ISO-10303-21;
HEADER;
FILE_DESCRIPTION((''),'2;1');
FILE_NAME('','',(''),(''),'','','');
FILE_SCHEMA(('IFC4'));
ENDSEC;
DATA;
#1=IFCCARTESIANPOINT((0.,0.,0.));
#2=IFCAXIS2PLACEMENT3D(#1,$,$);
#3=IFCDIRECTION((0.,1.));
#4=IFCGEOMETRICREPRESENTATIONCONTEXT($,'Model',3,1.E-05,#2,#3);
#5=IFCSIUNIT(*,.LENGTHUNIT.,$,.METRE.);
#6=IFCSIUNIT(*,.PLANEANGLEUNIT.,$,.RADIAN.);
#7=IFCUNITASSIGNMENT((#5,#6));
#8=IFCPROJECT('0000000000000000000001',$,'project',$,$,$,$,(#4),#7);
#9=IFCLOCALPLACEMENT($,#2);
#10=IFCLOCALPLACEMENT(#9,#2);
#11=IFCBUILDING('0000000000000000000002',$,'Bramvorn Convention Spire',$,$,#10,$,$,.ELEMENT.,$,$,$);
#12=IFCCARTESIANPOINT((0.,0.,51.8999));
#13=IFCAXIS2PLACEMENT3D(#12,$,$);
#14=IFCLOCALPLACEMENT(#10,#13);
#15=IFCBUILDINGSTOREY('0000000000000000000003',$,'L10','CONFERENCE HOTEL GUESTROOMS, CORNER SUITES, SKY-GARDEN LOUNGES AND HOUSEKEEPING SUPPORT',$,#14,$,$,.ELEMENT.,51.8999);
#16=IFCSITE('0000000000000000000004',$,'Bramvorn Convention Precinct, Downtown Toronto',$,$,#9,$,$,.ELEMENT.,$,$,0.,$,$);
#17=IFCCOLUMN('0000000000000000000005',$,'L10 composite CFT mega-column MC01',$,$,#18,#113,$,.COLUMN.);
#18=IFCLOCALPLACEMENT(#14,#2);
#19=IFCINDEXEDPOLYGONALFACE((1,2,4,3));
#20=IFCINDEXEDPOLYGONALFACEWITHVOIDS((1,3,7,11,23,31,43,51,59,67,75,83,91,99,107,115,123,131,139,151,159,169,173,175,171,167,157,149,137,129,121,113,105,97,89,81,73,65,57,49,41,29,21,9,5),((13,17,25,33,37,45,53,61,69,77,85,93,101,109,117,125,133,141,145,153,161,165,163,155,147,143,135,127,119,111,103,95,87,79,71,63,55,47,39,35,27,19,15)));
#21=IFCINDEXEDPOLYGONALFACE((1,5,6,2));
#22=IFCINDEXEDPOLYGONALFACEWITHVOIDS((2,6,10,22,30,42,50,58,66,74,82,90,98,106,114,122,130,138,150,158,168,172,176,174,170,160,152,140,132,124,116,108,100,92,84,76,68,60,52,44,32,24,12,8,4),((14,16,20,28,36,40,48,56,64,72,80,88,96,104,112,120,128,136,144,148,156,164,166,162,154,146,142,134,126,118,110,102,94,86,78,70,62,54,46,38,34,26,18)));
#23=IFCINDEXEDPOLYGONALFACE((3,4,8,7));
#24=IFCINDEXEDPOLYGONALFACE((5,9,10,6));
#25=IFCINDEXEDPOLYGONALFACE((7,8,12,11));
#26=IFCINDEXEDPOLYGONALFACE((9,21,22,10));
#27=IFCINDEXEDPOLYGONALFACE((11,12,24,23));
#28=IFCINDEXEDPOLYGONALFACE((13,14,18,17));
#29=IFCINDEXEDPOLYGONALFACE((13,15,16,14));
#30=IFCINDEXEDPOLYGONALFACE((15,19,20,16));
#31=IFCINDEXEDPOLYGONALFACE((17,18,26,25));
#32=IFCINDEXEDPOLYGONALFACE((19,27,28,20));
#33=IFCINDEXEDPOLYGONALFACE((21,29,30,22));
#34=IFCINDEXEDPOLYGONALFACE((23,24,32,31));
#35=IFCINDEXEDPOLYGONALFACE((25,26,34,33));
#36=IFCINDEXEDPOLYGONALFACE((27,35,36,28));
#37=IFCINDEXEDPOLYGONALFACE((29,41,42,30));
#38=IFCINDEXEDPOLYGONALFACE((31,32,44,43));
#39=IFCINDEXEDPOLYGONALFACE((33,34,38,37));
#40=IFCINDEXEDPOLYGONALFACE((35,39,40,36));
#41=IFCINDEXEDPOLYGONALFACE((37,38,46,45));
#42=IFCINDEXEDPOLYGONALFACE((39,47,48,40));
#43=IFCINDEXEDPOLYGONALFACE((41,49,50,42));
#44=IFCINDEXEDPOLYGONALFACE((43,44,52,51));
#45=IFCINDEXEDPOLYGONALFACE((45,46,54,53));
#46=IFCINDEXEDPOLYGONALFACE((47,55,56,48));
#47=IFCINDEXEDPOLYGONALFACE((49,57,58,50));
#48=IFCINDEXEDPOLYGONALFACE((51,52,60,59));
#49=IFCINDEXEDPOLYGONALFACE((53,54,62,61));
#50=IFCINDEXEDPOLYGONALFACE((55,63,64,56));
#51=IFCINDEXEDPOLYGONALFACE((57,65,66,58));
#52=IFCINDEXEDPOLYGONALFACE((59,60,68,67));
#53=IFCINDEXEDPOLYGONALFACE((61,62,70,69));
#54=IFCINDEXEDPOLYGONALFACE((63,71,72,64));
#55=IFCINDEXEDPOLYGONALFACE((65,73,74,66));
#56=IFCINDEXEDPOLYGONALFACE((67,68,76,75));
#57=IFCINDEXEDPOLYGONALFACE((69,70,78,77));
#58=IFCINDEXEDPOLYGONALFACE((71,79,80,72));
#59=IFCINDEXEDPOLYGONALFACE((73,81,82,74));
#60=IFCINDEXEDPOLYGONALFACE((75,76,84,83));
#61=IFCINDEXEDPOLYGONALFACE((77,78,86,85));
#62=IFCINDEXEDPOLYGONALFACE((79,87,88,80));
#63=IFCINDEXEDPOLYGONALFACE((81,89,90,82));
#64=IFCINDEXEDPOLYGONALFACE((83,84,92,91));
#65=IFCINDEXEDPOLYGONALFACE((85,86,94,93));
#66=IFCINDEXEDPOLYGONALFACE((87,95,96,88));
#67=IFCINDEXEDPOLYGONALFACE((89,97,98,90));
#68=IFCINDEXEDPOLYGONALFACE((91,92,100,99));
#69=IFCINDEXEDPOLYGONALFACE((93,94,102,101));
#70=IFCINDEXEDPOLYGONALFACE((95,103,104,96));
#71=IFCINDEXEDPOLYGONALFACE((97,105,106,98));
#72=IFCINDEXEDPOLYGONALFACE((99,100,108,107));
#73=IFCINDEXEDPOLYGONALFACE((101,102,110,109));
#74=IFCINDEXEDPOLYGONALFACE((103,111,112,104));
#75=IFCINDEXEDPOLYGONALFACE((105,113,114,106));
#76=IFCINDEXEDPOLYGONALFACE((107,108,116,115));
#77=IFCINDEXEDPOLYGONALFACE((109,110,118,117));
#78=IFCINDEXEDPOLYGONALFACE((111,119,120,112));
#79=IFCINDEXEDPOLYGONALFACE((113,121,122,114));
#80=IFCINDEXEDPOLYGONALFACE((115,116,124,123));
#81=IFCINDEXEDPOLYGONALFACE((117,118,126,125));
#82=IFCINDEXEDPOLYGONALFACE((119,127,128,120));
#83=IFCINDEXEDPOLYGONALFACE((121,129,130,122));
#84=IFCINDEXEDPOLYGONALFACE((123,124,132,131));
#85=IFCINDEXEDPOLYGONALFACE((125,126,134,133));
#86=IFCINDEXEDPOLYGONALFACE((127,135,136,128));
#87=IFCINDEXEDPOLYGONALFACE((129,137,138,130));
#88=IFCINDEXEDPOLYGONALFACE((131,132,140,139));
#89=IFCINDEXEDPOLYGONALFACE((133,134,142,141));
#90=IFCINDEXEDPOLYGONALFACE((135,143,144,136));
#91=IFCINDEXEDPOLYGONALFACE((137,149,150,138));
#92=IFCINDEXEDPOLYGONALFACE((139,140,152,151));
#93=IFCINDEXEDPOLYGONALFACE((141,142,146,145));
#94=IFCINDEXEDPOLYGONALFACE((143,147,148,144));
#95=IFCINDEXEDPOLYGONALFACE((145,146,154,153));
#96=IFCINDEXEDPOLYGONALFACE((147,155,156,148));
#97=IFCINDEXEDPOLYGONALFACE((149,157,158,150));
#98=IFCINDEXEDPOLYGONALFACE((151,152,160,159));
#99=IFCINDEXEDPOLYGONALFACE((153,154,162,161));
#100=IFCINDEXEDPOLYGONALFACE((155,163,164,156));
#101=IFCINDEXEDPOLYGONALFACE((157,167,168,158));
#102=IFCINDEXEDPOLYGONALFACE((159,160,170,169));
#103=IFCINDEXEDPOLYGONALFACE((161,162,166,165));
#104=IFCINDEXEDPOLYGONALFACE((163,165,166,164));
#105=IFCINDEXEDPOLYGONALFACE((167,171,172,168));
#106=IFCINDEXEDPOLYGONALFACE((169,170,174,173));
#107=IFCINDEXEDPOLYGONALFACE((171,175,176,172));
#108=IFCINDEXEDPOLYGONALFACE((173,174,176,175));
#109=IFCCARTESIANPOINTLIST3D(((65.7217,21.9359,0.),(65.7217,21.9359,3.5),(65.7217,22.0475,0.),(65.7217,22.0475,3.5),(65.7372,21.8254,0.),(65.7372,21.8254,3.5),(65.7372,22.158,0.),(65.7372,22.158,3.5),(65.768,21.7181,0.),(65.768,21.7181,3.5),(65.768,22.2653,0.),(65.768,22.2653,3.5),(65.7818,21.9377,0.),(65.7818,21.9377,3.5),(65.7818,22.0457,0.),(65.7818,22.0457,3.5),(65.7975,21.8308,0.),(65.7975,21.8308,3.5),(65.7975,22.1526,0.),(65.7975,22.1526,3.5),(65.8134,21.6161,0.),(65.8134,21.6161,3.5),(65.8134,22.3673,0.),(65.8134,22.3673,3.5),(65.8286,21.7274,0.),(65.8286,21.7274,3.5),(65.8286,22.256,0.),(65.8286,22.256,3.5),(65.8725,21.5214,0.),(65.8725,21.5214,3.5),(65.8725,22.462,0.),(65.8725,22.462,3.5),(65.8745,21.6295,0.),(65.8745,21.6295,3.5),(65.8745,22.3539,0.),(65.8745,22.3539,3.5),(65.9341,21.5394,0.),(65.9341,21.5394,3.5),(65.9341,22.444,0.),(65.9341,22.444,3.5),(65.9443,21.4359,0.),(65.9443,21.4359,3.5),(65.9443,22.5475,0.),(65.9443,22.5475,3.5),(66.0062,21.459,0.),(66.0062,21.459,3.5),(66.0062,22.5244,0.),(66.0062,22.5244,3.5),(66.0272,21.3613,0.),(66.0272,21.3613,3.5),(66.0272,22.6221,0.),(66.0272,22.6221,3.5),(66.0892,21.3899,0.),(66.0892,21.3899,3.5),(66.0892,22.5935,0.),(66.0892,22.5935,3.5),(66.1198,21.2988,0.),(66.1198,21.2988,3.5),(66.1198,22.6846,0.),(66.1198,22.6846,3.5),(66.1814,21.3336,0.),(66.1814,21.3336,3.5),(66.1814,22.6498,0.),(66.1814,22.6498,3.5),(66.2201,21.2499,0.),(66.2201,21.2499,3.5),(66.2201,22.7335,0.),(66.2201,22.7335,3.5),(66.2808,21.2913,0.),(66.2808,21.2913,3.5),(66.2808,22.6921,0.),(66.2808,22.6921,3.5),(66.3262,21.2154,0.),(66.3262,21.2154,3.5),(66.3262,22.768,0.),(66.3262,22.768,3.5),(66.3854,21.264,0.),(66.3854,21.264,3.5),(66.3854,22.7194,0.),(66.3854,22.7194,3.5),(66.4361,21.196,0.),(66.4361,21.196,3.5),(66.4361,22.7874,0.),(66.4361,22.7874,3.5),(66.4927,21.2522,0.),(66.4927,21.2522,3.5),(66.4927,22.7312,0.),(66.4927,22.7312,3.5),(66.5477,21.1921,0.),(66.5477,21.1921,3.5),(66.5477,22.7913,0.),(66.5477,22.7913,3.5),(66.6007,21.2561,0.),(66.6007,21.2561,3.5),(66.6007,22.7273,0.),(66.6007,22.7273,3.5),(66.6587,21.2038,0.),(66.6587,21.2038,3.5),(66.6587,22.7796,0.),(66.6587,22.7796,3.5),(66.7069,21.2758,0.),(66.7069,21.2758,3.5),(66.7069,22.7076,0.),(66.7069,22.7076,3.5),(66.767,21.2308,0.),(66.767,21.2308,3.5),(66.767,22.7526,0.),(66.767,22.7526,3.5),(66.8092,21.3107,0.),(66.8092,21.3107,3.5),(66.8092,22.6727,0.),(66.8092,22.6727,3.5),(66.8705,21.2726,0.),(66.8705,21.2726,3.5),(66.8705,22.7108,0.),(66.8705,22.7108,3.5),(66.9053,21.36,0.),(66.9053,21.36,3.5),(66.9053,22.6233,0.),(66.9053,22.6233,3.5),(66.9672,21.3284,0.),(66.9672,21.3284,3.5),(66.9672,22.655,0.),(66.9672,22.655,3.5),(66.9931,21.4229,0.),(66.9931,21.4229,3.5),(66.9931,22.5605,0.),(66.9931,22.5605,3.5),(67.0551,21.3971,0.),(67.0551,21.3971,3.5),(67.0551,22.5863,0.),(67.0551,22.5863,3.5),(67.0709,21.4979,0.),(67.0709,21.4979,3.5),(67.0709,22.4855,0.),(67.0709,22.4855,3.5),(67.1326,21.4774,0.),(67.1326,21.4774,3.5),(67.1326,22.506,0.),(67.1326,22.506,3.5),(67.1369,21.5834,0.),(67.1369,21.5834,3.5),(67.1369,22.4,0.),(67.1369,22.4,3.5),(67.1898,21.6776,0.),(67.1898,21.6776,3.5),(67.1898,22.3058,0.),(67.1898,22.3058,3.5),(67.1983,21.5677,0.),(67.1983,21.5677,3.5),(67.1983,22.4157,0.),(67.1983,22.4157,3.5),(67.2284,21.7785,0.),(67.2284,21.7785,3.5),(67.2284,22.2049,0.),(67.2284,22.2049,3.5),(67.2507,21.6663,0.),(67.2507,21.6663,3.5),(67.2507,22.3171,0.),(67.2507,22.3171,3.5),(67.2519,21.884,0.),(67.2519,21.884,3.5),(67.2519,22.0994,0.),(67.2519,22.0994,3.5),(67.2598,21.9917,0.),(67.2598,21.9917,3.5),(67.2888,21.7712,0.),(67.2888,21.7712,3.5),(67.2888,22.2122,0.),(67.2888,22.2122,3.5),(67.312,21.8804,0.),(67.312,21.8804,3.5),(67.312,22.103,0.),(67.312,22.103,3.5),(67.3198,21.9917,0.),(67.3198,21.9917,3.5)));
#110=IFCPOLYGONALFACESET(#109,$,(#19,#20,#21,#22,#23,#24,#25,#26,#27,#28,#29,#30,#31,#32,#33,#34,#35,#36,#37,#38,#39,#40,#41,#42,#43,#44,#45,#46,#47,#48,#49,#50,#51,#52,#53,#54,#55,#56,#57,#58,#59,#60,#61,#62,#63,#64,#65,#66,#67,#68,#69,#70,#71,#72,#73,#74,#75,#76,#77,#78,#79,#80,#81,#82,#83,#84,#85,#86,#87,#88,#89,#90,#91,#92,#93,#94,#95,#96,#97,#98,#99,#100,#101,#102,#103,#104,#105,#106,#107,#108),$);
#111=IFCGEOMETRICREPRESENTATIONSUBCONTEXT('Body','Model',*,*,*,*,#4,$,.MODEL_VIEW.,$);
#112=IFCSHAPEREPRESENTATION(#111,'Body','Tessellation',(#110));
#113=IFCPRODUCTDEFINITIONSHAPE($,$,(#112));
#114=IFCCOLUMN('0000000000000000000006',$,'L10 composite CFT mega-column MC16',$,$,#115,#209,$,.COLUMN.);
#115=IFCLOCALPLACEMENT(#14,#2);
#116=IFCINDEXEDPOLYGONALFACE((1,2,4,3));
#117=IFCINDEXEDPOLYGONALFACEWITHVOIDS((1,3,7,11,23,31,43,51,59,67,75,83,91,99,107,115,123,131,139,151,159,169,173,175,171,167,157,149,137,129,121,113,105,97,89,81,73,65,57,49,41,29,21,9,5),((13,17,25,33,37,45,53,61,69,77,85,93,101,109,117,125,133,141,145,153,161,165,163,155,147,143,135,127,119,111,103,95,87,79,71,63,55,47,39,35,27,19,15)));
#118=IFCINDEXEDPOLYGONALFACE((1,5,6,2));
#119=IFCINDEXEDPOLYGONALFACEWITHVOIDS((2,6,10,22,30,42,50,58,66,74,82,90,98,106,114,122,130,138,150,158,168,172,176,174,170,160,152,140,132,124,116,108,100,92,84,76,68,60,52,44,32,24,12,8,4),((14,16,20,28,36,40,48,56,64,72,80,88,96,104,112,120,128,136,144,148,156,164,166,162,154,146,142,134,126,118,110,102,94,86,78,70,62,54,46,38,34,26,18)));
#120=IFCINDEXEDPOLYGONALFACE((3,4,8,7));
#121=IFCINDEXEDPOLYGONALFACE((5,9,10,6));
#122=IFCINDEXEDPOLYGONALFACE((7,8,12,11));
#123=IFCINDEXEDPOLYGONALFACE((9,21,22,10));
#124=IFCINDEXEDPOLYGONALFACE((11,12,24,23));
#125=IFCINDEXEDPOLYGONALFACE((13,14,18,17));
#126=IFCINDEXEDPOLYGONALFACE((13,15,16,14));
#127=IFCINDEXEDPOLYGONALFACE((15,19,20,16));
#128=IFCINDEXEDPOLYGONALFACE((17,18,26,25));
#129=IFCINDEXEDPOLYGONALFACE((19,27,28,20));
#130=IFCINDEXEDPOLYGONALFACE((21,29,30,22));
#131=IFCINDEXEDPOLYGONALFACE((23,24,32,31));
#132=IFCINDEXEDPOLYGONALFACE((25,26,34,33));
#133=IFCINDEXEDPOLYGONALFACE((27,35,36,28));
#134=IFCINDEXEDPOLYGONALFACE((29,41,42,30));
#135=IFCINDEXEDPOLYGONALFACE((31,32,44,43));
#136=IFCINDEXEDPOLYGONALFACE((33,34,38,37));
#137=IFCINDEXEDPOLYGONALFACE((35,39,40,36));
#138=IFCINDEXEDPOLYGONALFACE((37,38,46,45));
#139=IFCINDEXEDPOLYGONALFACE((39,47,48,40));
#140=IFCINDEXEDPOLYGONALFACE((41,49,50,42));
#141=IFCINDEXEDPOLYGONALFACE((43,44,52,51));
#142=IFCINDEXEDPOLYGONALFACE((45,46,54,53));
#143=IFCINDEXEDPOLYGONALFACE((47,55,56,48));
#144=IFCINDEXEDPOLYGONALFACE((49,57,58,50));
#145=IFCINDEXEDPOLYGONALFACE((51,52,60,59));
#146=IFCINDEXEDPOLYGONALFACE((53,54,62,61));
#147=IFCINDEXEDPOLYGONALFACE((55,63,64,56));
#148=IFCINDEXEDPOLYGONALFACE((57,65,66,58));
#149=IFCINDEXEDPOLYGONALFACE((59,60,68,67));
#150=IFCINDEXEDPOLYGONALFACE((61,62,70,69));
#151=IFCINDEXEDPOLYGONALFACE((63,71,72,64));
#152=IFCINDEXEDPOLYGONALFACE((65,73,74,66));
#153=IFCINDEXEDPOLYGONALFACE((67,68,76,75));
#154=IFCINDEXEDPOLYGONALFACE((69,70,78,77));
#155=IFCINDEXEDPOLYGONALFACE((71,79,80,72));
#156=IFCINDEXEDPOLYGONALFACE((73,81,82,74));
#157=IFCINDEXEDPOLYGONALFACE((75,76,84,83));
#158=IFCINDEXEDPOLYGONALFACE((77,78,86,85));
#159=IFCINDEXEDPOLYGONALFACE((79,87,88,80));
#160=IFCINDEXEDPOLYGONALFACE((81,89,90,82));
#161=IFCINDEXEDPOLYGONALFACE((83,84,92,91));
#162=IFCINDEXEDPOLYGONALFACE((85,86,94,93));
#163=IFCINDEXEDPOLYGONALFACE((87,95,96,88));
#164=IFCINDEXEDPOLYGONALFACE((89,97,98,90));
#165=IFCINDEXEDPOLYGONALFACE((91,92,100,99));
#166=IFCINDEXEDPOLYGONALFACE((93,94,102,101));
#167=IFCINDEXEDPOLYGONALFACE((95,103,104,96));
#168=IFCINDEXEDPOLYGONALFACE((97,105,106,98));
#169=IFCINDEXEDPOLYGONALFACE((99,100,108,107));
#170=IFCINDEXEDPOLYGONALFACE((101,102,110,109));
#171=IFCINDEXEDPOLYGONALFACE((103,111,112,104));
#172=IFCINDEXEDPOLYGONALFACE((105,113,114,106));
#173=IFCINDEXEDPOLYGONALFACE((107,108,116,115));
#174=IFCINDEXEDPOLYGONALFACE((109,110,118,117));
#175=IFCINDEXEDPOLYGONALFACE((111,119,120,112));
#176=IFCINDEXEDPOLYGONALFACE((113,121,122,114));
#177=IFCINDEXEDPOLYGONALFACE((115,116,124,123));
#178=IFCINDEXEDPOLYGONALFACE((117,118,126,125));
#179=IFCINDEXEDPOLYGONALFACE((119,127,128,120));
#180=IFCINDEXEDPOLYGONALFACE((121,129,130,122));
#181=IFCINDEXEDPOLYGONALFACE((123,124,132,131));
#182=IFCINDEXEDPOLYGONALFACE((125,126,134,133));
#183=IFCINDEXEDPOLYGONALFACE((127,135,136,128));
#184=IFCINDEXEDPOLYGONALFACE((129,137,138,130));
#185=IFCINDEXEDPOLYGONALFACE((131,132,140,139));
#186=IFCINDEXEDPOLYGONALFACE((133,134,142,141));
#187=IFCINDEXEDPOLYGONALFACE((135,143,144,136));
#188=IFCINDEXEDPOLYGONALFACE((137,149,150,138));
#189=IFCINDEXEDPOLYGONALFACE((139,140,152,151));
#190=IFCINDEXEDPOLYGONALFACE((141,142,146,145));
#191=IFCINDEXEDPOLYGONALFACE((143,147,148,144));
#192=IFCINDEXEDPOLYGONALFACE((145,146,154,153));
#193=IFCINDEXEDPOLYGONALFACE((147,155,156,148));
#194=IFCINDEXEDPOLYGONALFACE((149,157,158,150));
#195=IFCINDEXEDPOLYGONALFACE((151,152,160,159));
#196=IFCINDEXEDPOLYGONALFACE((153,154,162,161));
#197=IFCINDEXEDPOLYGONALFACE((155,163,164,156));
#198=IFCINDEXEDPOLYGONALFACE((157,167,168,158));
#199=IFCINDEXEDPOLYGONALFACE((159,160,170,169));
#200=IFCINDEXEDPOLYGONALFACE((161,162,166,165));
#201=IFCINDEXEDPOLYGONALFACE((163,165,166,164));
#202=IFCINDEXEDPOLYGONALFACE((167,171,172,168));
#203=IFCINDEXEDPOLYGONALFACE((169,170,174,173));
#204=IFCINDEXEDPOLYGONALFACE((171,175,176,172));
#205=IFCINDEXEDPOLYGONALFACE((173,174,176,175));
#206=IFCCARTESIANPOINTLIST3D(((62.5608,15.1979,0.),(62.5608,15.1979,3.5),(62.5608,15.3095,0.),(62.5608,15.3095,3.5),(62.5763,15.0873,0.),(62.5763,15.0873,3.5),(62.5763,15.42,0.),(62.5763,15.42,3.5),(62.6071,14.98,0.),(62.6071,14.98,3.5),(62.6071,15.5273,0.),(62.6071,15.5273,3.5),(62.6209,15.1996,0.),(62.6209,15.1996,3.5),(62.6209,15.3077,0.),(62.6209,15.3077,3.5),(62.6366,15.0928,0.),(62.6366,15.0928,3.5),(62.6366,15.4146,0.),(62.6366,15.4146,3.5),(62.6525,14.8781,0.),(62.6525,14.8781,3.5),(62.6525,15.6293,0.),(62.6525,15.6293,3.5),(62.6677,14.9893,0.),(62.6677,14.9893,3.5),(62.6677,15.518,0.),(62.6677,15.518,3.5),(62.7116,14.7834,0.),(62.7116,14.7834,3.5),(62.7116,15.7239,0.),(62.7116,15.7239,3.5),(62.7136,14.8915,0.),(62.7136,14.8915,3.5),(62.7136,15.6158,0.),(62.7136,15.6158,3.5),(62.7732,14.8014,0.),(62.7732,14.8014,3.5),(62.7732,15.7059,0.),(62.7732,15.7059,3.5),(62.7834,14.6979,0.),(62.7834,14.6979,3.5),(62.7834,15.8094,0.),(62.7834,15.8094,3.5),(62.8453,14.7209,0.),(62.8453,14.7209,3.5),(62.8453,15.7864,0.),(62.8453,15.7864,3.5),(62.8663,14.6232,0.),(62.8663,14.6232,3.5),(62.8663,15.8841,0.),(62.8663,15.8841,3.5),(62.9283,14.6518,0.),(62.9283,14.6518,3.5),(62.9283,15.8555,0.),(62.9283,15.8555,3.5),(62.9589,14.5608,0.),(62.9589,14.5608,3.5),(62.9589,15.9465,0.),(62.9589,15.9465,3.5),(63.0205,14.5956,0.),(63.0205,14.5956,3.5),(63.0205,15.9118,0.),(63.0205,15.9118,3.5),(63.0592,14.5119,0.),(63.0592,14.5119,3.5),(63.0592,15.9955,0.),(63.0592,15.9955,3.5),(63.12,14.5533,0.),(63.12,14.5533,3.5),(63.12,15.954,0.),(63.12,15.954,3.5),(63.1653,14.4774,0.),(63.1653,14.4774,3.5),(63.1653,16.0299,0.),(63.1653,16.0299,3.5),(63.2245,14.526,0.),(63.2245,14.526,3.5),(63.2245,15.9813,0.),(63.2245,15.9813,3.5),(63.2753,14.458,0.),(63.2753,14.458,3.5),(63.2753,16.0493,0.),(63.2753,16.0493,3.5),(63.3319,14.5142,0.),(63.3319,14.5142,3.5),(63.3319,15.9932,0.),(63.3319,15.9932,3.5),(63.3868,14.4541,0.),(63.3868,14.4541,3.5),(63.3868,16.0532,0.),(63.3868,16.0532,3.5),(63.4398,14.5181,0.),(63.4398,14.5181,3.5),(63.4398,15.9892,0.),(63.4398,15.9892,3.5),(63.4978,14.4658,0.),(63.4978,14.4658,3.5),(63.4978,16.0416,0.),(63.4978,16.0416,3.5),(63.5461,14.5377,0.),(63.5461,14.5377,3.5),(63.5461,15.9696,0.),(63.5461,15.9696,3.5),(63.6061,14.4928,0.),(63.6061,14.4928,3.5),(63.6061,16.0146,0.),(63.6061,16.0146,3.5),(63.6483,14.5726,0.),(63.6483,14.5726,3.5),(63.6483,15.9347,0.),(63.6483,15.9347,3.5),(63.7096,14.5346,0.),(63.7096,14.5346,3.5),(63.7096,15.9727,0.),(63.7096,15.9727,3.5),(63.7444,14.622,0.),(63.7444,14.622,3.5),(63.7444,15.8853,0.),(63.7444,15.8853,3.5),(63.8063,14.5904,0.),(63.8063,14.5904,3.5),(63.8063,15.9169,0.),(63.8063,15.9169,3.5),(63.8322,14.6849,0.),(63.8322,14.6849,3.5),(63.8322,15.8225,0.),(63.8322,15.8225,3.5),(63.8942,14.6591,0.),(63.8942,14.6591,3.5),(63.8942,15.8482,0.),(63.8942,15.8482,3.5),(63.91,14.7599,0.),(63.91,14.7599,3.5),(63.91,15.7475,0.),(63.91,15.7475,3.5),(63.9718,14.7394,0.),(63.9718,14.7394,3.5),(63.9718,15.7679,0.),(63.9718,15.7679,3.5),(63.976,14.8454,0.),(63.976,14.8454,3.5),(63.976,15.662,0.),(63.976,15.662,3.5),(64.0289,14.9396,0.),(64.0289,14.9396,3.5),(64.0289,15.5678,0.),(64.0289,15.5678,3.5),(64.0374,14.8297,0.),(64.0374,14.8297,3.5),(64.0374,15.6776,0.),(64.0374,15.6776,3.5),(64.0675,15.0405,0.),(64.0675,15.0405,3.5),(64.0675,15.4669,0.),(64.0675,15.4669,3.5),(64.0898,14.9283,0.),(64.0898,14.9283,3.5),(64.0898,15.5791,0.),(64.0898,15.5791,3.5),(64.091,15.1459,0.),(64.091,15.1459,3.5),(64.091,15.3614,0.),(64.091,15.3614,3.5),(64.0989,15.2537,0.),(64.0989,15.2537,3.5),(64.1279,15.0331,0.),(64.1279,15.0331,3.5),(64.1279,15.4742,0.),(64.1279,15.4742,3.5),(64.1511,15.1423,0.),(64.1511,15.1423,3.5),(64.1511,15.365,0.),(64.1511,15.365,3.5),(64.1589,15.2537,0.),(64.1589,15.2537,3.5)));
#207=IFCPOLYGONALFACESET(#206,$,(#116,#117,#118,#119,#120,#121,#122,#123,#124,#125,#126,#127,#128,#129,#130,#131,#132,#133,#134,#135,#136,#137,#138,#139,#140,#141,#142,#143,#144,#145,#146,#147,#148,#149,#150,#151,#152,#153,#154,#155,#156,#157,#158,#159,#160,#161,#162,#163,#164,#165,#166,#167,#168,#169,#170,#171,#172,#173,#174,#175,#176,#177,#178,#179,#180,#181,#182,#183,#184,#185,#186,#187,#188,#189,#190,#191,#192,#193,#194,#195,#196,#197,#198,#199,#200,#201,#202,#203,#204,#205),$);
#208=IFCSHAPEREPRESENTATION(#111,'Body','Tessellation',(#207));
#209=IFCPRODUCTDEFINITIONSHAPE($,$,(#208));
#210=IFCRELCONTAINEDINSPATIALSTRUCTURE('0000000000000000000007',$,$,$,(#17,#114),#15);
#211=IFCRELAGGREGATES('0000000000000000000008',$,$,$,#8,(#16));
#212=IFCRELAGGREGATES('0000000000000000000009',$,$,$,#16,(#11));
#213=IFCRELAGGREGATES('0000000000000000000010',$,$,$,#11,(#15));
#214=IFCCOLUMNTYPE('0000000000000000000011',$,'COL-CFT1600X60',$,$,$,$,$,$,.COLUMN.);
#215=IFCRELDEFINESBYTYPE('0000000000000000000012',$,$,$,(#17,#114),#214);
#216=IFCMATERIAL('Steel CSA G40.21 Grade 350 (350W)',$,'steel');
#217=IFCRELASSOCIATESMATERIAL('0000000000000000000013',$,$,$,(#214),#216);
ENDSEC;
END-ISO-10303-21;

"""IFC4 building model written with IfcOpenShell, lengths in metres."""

from ifc_helpers import new_model, si_unit, direction, frame, origin, origin_2d, place, context, subcontext, project, spatial, hollow_circle, extrude, material, material_profile, profile_set, type_object, element, save


model = new_model("IFC4")

# Units and contexts
model_context = context("Model", 3, precision=1e-05, world=origin(), true_north=direction((0.0, 1.0)))
body_context = subcontext(model_context, "Body", "Model", "MODEL_VIEW")
ifc_project = project(units=[si_unit("LENGTHUNIT", "METRE"), si_unit("PLANEANGLEUNIT", "RADIAN")], contexts=[model_context])

# Site, building, storey
site_placement = place(None, origin())
site = spatial("IfcSite", under=ifc_project, at=site_placement, Name="Bramvorn Convention Precinct, Downtown Toronto", CompositionType="ELEMENT", RefElevation=0.0)
building_placement = place(site_placement, origin())
building = spatial("IfcBuilding", under=site, at=building_placement, Name="Bramvorn Convention Spire", CompositionType="ELEMENT")
storey_placement = place(building_placement, frame((0.0, 0.0, 51.8999)))
storey = spatial("IfcBuildingStorey", under=building, at=storey_placement, Name="L10", Description="CONFERENCE HOTEL GUESTROOMS, CORNER SUITES, SKY-GARDEN LOUNGES AND HOUSEKEEPING SUPPORT", CompositionType="ELEMENT", Elevation=51.8999)

# Columns
ifc_material_1 = material(Name="Steel CSA G40.21 Grade 350 (350W)", Category="steel")
ifc_material_profile_1 = material_profile(ifc_material_1, hollow_circle(Radius=0.8, WallThickness=0.0601, at=origin_2d()))
ifc_profile_set_1 = profile_set([ifc_material_profile_1], Name="Steel CSA G40.21 Grade 350 (350W) - CFT1600X60")
column_type = type_object("IfcColumnType", Name="COL-CFT1600X60", PredefinedType="COLUMN", material=ifc_profile_set_1)
for number, where, z_axis, x_axis, name in (
    (1, (66.5198, 21.9917, 0.0), (0.0, 0.0, 1.0), (1.0, 0.0, 0.0), "L10 composite CFT mega-column MC01"),
    (2, (63.3589, 15.2537, 0.0), (0.0, 0.0, 1.0), (1.0, 0.0, 0.0), "L10 composite CFT mega-column MC16"),
):
    element("IfcColumn", number, at=place(storey_placement, frame(where, z_axis=z_axis, x_axis=x_axis)), inside=storey, type_object=column_type, Name=name, PredefinedType="COLUMN", context=body_context, shape_type="SweptSolid", body=[
        extrude(hollow_circle(Radius=0.8, WallThickness=0.0601, at=origin_2d()), origin(), (0.0, 0.0, 1.0), 3.5),
    ])

save(model, "model.ifc")
